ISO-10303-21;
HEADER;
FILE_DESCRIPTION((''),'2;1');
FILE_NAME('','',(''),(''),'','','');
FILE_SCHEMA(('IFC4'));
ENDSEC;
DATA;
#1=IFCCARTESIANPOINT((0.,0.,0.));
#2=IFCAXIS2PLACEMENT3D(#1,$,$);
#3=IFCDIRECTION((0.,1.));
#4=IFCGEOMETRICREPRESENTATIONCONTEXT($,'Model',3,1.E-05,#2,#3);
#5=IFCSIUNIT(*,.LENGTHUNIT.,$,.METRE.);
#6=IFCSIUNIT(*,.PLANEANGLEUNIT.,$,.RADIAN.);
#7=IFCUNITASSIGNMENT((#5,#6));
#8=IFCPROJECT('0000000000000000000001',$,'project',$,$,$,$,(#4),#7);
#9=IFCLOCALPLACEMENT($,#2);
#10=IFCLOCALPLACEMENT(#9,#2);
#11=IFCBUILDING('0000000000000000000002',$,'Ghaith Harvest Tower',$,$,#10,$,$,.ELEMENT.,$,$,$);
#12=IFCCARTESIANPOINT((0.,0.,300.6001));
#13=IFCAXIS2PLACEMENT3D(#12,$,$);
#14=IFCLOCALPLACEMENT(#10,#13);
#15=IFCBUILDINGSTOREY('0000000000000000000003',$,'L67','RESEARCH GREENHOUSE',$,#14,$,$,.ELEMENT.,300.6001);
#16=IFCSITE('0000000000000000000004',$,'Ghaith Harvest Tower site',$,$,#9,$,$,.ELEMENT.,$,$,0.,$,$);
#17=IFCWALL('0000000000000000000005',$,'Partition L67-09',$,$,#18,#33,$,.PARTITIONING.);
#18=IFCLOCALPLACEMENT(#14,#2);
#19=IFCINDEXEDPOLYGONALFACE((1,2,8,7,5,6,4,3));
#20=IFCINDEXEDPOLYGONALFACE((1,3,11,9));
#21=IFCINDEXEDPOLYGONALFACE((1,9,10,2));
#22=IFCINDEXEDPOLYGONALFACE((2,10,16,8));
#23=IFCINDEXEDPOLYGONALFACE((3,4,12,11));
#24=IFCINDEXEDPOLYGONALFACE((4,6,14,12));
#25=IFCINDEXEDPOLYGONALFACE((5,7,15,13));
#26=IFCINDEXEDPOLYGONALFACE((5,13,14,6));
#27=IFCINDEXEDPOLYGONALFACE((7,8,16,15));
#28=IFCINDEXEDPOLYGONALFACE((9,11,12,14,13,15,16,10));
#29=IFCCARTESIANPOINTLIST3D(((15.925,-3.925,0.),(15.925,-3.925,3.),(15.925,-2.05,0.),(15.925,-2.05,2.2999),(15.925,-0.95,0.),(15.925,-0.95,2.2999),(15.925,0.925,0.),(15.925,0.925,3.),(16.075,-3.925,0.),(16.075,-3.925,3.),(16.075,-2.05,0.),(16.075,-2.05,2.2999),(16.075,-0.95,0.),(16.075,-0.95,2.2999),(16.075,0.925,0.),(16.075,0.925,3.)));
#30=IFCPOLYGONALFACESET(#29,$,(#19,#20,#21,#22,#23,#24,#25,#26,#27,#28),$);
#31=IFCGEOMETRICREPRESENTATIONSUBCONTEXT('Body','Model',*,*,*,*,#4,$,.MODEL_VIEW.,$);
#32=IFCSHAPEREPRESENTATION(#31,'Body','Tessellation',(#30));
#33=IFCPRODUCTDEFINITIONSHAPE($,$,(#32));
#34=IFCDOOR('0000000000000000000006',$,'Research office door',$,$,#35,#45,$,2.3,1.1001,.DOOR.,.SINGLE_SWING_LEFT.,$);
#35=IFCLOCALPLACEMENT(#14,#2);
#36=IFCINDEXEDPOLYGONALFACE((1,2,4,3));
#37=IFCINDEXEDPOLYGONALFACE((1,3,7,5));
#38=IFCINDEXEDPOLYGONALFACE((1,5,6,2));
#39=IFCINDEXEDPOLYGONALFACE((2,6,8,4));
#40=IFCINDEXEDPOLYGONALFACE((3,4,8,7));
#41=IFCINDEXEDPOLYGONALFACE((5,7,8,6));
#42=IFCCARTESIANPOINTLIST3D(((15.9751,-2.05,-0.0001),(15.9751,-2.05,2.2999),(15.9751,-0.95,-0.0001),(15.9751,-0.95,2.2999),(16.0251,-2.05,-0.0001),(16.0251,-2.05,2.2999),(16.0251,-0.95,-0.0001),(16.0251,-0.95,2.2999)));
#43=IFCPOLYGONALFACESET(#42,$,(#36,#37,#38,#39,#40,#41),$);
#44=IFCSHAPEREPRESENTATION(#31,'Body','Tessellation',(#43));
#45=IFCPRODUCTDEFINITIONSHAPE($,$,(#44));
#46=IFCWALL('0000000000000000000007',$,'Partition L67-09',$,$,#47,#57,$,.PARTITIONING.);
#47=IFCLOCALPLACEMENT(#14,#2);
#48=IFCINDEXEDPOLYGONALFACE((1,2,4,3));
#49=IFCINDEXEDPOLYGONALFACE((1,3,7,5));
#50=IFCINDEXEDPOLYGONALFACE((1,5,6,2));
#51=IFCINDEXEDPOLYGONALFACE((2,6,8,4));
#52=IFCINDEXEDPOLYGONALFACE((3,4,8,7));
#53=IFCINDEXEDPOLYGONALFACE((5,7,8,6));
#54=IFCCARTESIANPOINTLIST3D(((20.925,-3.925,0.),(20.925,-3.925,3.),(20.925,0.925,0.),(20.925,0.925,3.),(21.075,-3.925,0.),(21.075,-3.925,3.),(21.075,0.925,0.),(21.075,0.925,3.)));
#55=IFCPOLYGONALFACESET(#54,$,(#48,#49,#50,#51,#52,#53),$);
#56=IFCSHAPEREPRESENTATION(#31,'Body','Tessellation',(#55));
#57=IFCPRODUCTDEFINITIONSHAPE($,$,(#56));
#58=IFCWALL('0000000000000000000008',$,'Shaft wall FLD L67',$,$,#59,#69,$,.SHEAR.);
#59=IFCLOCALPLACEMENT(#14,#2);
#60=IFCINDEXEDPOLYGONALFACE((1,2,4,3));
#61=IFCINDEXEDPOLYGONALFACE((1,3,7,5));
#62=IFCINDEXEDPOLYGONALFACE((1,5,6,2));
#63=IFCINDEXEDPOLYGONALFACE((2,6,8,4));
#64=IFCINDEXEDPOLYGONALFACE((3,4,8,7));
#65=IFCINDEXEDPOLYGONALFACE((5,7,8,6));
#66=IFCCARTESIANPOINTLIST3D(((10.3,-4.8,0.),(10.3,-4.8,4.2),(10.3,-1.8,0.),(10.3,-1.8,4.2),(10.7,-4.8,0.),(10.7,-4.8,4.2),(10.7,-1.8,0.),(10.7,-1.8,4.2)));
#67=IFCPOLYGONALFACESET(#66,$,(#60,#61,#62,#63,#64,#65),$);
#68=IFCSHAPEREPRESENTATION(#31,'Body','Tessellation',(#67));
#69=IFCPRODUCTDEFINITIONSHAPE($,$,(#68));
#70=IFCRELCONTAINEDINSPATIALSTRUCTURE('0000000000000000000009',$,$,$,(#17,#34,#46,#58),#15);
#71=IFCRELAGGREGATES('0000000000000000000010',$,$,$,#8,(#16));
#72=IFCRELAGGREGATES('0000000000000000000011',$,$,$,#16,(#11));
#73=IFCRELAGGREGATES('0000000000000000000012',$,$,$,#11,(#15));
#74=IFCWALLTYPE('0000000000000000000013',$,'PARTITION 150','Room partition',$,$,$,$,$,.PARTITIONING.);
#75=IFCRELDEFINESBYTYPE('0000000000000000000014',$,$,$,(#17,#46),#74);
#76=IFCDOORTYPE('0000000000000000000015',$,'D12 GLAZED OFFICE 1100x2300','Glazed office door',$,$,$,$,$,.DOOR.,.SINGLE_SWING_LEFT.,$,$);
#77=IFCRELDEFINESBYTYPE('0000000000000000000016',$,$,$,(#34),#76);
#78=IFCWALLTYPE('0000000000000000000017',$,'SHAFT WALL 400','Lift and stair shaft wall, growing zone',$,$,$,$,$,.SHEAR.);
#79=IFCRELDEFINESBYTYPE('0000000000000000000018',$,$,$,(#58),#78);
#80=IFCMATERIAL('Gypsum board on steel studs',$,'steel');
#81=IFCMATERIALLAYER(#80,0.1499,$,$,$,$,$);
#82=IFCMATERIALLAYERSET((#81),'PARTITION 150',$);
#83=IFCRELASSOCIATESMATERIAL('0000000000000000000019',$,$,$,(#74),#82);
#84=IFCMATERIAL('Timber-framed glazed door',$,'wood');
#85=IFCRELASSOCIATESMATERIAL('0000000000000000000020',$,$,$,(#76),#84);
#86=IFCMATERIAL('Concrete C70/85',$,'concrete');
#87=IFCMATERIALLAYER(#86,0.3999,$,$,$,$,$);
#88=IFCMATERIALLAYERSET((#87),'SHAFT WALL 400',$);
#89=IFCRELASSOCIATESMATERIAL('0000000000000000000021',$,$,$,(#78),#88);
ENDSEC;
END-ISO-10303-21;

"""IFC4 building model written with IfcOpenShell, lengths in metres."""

from ifc_helpers import new_model, si_unit, direction, frame, frame_2d, origin, place, context, subcontext, project, spatial, rectangle, extrude, material, layer, layer_set, type_object, element, fill, save


model = new_model("IFC4")

# Units and contexts
model_context = context("Model", 3, precision=1e-05, world=origin(), true_north=direction((0.0, 1.0)))
body_context = subcontext(model_context, "Body", "Model", "MODEL_VIEW")
ifc_project = project(units=[si_unit("LENGTHUNIT", "METRE"), si_unit("PLANEANGLEUNIT", "RADIAN")], contexts=[model_context])

# Site, building, storey
site_placement = place(None, origin())
site = spatial("IfcSite", under=ifc_project, at=site_placement, Name="Ghaith Harvest Tower site", CompositionType="ELEMENT", RefElevation=0.0)
building_placement = place(site_placement, origin())
building = spatial("IfcBuilding", under=site, at=building_placement, Name="Ghaith Harvest Tower", CompositionType="ELEMENT")
storey_placement = place(building_placement, frame((0.0, 0.0, 300.6001)))
storey = spatial("IfcBuildingStorey", under=building, at=storey_placement, Name="L67", Description="RESEARCH GREENHOUSE", CompositionType="ELEMENT", Elevation=300.6001)

# Shared definitions
ifc_material_1 = material(Name="Gypsum board on steel studs", Category="steel")
ifc_layer_1 = layer(ifc_material_1, 0.1499)
ifc_layer_set_1 = layer_set([ifc_layer_1], Name="PARTITION 150")
wall_type_1 = type_object("IfcWallType", Name="PARTITION 150", Description="Room partition", PredefinedType="PARTITIONING", material=ifc_layer_set_1)

# Wall, opening, door
wall_1_placement = place(storey_placement, frame((16.0, -3.925, 0.0), z_axis=(0.0, 0.0, 1.0), x_axis=(0.0, 1.0, 0.0)))
wall_1 = element("IfcWall", 1, at=wall_1_placement, inside=storey, type_object=wall_type_1, Name="Partition L67-09", PredefinedType="PARTITIONING", context=body_context, shape_type="SweptSolid", body=[
    extrude(rectangle(XDim=4.8501, YDim=0.1499, at=frame_2d((2.425, 0.0))), origin(), (0.0, 0.0, 1.0), 3.0),
])
opening_1_placement = place(wall_1_placement, frame((1.875, 0.0, 0.0)))
opening_1 = element("IfcOpeningElement", 2, at=opening_1_placement, cuts=wall_1, PredefinedType="OPENING", context=body_context, shape_type="SweptSolid", body=[
    extrude(rectangle(XDim=1.1001, YDim=2.3, at=frame_2d((0.55, 1.1499))), frame((0.0, 0.085, 0.0), z_axis=(0.0, -1.0, 0.0), x_axis=(1.0, 0.0, 0.0)), (0.0, 0.0, 1.0), 0.1699),
])
ifc_material_2 = material(Name="Timber-framed glazed door", Category="wood")
door_type_1 = type_object("IfcDoorType", Name="D12 GLAZED OFFICE 1100x2300", Description="Glazed office door", OperationType="SINGLE_SWING_LEFT", PredefinedType="DOOR", material=ifc_material_2)
door_1_placement = place(opening_1_placement, origin())
door_1 = element("IfcDoor", 3, at=door_1_placement, inside=storey, type_object=door_type_1, Name="Research office door", OperationType="SINGLE_SWING_LEFT", OverallHeight=2.3, OverallWidth=1.1001, PredefinedType="DOOR", context=body_context, shape_type="SweptSolid", body=[
    extrude(rectangle(XDim=1.1001, YDim=2.3, at=frame_2d((0.55, 1.1499))), frame((0.0, 0.0249, 0.0), z_axis=(0.0, -1.0, 0.0), x_axis=(1.0, 0.0, 0.0)), (0.0, 0.0, 1.0), 0.05),
])
fill(opening_1, door_1)

# Walls
wall_2_placement = place(storey_placement, frame((21.0, -3.925, 0.0), z_axis=(0.0, 0.0, 1.0), x_axis=(0.0, 1.0, 0.0)))
element("IfcWall", 4, at=wall_2_placement, inside=storey, type_object=wall_type_1, Name="Partition L67-09", PredefinedType="PARTITIONING", context=body_context, shape_type="SweptSolid", body=[
    extrude(rectangle(XDim=4.8501, YDim=0.1499, at=frame_2d((2.425, 0.0))), origin(), (0.0, 0.0, 1.0), 3.0),
])
ifc_material_3 = material(Name="Concrete C70/85", Category="concrete")
ifc_layer_2 = layer(ifc_material_3, 0.3999)
ifc_layer_set_2 = layer_set([ifc_layer_2], Name="SHAFT WALL 400")
wall_type_2 = type_object("IfcWallType", Name="SHAFT WALL 400", Description="Lift and stair shaft wall, growing zone", PredefinedType="SHEAR", material=ifc_layer_set_2)
wall_3_placement = place(storey_placement, frame((10.5, -4.8, 0.0), z_axis=(0.0, 0.0, 1.0), x_axis=(0.0, 1.0, 0.0)))
element("IfcWall", 5, at=wall_3_placement, inside=storey, type_object=wall_type_2, Name="Shaft wall FLD L67", PredefinedType="SHEAR", context=body_context, shape_type="SweptSolid", body=[
    extrude(rectangle(XDim=3.0, YDim=0.3999, at=frame_2d((1.5, 0.0))), origin(), (0.0, 0.0, 1.0), 4.2),
])

save(model, "model.ifc")
